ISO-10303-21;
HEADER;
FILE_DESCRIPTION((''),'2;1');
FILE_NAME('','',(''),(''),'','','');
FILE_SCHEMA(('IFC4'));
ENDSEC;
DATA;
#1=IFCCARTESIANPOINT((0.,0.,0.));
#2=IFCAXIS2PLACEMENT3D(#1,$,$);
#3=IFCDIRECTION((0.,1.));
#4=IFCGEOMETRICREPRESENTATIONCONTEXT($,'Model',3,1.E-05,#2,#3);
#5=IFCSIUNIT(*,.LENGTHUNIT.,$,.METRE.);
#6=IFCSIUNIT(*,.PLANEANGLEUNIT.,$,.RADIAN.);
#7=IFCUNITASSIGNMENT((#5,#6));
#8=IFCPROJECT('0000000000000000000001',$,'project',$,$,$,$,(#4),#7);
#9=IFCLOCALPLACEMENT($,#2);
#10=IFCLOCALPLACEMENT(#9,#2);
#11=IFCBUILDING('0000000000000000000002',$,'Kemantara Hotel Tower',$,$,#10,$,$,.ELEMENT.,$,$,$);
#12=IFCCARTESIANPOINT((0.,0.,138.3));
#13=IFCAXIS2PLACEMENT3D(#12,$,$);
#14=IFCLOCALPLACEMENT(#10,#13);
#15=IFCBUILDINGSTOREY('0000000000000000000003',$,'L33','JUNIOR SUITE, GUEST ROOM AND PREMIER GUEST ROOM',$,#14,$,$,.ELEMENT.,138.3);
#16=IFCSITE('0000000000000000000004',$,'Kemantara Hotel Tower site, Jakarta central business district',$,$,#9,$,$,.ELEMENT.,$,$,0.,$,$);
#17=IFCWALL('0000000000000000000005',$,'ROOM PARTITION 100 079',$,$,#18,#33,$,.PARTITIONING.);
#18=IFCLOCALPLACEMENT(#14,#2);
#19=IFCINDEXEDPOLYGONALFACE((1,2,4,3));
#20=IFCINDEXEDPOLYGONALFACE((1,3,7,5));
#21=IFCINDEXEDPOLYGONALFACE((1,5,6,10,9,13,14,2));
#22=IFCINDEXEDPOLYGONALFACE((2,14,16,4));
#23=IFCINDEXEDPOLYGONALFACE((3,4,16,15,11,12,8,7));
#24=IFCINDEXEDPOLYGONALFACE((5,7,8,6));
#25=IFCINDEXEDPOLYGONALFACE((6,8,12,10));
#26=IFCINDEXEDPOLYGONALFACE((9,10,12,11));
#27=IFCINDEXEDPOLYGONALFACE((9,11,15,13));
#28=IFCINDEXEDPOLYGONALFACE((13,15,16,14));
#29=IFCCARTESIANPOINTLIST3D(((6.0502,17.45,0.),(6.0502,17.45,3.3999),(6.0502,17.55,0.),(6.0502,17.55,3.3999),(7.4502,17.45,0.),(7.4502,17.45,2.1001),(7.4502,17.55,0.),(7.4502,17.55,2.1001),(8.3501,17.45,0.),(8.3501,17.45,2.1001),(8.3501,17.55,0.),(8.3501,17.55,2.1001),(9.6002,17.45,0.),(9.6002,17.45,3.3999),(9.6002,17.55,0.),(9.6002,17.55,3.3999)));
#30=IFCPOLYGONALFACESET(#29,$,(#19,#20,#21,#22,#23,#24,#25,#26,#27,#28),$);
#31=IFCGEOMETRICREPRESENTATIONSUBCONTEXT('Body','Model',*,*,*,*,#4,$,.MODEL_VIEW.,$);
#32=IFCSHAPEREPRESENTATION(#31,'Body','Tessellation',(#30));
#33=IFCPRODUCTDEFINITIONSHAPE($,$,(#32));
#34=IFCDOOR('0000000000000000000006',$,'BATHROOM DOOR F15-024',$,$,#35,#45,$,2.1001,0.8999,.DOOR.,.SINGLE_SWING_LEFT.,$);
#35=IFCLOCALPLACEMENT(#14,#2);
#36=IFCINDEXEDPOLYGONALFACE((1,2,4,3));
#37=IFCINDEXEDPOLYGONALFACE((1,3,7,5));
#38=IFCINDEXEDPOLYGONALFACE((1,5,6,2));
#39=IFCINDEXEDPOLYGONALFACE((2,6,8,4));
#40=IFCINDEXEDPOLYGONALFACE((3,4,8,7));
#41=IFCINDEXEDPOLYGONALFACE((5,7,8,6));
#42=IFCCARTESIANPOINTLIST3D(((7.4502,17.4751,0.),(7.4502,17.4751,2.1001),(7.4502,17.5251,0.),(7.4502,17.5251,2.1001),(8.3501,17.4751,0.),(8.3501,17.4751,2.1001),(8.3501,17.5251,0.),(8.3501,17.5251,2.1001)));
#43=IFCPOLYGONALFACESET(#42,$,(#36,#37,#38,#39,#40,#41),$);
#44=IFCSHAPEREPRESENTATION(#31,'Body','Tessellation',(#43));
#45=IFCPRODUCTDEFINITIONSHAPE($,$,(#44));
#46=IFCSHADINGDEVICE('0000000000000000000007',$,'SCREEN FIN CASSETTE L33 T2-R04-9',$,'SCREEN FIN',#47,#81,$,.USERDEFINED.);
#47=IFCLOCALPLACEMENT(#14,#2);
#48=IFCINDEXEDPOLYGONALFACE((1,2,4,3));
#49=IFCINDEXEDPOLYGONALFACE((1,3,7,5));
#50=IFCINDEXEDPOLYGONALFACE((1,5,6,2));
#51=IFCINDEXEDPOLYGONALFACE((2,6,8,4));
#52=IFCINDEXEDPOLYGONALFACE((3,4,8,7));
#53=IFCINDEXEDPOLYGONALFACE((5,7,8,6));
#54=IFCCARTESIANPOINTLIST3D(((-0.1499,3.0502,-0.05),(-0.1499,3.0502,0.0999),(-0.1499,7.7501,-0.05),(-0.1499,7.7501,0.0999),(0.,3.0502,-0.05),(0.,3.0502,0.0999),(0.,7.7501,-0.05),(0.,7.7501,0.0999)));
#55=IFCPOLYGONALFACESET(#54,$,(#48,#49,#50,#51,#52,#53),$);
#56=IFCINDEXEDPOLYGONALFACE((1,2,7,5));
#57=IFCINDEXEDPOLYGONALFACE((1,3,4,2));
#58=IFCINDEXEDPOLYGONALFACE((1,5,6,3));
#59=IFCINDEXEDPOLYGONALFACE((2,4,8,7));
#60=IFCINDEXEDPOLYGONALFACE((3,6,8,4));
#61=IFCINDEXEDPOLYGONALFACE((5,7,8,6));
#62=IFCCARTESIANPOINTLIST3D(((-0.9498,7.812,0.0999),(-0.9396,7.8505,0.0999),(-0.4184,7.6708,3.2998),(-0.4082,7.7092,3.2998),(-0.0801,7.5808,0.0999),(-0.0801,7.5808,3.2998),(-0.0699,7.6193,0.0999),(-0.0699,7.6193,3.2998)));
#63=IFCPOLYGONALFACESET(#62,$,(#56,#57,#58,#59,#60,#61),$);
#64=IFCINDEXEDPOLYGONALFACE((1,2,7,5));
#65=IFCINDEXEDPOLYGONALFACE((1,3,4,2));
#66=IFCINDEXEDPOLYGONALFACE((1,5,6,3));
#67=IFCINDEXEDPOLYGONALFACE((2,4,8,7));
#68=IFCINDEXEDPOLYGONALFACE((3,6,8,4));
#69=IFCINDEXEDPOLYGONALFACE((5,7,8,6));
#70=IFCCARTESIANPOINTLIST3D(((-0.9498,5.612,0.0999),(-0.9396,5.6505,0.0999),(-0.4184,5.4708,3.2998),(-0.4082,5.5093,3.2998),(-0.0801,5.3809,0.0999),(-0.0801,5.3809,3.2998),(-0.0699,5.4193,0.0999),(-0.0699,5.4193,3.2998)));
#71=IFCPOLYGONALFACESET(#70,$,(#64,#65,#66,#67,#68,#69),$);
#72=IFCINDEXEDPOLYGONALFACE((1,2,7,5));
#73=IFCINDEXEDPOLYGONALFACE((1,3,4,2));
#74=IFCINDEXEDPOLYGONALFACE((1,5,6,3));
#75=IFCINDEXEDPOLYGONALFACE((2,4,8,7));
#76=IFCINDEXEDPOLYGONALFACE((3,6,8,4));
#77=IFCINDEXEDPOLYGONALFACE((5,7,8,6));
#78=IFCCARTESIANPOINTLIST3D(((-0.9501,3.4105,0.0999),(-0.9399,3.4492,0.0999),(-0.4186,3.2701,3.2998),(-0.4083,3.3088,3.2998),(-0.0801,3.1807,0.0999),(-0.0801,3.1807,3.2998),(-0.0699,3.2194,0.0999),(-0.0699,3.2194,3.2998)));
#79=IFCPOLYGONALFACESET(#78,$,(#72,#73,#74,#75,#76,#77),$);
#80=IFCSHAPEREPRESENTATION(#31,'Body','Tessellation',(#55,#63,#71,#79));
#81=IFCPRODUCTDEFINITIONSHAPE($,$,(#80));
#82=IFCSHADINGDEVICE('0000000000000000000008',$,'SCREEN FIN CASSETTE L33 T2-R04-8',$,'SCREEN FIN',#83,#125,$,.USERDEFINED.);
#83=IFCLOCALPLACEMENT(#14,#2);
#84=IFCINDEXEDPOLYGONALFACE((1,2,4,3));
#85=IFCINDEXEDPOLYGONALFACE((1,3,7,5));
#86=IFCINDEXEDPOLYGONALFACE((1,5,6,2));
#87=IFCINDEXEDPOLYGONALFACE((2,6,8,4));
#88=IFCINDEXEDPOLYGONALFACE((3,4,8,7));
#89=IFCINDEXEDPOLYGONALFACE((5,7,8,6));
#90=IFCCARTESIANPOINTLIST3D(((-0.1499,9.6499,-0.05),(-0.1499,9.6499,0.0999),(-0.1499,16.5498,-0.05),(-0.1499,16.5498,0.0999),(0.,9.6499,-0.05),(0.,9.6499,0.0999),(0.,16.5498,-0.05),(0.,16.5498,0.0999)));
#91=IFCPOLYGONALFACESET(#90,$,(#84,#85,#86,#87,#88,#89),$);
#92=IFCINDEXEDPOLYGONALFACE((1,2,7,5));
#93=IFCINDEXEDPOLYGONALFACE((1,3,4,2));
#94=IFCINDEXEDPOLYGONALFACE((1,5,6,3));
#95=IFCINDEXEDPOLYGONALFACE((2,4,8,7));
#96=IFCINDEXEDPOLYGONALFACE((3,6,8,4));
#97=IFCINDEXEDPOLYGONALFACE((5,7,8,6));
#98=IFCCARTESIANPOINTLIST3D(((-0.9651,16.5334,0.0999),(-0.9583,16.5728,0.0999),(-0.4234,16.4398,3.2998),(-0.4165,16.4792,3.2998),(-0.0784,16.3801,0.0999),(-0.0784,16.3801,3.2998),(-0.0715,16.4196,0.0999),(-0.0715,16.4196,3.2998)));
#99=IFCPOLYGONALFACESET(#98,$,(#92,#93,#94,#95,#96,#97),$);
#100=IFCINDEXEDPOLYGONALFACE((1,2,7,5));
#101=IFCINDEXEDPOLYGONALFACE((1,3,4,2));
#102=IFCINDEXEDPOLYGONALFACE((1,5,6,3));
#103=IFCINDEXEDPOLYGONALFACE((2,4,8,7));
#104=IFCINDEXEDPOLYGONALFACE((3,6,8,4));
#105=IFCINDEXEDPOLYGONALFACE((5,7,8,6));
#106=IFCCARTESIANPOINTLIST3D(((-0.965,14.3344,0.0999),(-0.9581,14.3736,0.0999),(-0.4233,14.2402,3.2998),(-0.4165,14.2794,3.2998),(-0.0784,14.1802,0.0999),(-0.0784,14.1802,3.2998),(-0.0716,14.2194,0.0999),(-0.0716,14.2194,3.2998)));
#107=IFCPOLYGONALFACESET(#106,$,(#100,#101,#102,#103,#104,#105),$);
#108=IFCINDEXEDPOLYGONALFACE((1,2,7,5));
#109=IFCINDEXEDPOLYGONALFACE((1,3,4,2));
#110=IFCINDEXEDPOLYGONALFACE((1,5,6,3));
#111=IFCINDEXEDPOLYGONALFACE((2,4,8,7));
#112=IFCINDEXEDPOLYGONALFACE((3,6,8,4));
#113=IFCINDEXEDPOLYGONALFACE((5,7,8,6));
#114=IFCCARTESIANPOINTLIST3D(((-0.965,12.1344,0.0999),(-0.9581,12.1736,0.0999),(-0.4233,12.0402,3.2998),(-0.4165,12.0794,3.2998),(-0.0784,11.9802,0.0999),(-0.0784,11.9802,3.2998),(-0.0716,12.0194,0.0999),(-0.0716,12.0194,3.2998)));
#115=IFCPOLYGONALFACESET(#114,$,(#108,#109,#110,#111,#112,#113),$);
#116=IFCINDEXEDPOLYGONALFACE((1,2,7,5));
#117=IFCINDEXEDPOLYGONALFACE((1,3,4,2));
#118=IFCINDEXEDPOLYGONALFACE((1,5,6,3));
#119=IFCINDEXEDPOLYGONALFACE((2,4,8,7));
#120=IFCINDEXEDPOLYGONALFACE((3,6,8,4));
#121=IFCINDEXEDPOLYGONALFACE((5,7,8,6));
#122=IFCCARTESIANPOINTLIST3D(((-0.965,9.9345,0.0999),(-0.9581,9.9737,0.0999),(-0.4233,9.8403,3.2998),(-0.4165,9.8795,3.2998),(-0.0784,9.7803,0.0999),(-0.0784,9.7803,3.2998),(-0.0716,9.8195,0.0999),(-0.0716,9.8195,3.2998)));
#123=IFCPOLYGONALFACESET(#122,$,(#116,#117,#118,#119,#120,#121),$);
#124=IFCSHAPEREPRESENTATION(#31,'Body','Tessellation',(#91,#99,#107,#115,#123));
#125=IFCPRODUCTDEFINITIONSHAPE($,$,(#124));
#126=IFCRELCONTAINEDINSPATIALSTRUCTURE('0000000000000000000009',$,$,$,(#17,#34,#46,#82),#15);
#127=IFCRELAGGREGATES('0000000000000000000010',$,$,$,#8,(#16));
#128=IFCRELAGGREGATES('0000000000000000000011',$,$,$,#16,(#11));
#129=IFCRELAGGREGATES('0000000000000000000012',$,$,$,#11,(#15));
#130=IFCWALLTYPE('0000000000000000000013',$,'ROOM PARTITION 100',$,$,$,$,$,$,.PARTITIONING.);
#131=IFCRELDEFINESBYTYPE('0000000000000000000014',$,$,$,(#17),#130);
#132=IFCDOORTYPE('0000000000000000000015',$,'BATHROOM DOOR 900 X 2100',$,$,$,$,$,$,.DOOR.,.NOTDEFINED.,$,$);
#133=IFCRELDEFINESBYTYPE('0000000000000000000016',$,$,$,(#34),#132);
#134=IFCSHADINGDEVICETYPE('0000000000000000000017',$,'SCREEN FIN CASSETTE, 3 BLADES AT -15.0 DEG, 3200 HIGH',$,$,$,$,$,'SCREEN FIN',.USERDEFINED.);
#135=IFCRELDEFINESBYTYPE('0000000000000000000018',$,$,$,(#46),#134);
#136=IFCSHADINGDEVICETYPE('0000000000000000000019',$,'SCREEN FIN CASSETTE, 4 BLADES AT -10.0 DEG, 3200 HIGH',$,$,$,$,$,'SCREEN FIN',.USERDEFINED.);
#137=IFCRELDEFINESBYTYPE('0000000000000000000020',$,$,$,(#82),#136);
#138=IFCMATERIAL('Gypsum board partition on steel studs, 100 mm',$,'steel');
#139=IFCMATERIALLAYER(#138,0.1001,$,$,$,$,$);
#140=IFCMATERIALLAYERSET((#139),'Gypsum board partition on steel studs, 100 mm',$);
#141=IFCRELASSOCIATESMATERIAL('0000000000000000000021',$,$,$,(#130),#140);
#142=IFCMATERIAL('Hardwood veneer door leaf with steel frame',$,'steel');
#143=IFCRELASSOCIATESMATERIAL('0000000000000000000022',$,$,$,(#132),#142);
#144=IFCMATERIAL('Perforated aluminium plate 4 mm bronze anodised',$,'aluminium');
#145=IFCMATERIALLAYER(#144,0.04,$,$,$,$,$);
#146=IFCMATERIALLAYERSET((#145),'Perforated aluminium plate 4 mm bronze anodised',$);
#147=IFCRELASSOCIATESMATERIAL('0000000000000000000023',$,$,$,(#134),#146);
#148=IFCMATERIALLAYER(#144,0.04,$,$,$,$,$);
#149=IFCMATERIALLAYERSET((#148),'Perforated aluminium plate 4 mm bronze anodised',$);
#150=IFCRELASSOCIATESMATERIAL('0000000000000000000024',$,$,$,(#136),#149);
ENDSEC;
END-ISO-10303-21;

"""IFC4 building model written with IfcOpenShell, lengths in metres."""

from ifc_helpers import new_model, si_unit, direction, frame, frame_2d, origin, origin_2d, place, context, subcontext, project, spatial, polyline, rectangle, outline, extrude, source, transform, mapped, material, layer, layer_set, type_object, element, fill, save


model = new_model("IFC4")

# Units and contexts
model_context = context("Model", 3, precision=1e-05, world=origin(), true_north=direction((0.0, 1.0)))
body_context = subcontext(model_context, "Body", "Model", "MODEL_VIEW")
ifc_project = project(units=[si_unit("LENGTHUNIT", "METRE"), si_unit("PLANEANGLEUNIT", "RADIAN")], contexts=[model_context])

# Site, building, storey
site_placement = place(None, origin())
site = spatial("IfcSite", under=ifc_project, at=site_placement, Name="Kemantara Hotel Tower site, Jakarta central business district", CompositionType="ELEMENT", RefElevation=0.0)
building_placement = place(site_placement, origin())
building = spatial("IfcBuilding", under=site, at=building_placement, Name="Kemantara Hotel Tower", CompositionType="ELEMENT")
storey_placement = place(building_placement, frame((0.0, 0.0, 138.3)))
storey = spatial("IfcBuildingStorey", under=building, at=storey_placement, Name="L33", Description="JUNIOR SUITE, GUEST ROOM AND PREMIER GUEST ROOM", CompositionType="ELEMENT", Elevation=138.3)

# Shared definitions
ifc_material_1 = material(Name="Hardwood veneer door leaf with steel frame", Category="steel")

# Shared definitions
ifc_material_2 = material(Name="Gypsum board partition on steel studs, 100 mm", Category="steel")
ifc_layer_1 = layer(ifc_material_2, 0.1001)
ifc_layer_set_1 = layer_set([ifc_layer_1], Name="Gypsum board partition on steel studs, 100 mm")
wall_type_1 = type_object("IfcWallType", Name="ROOM PARTITION 100", PredefinedType="PARTITIONING", material=ifc_layer_set_1)

# Wall, opening, door
wall_1_placement = place(storey_placement, frame((9.6001, 17.5, 0.0), z_axis=(0.0, 0.0, 1.0), x_axis=(-1.0, 0.0, 0.0)))
wall_1 = element("IfcWall", 1, at=wall_1_placement, inside=storey, type_object=wall_type_1, Name="ROOM PARTITION 100 079", PredefinedType="PARTITIONING", context=body_context, shape_type="SweptSolid", body=[
    extrude(rectangle(XDim=3.55, YDim=0.1001, at=frame_2d((1.7749, 0.0))), origin(), (0.0, 0.0, 1.0), 3.3999),
])
opening_1_placement = place(wall_1_placement, frame((1.25, 0.0, 0.0)))
opening_1 = element("IfcOpeningElement", 2, at=opening_1_placement, cuts=wall_1, PredefinedType="OPENING", context=body_context, shape_type="SweptSolid", body=[
    extrude(rectangle(XDim=0.8999, YDim=2.1001, at=frame_2d((0.45, 1.05))), frame((0.0, 0.0601, 0.0), z_axis=(0.0, -1.0, 0.0), x_axis=(1.0, 0.0, 0.0)), (0.0, 0.0, 1.0), 0.1201),
])
door_type_1 = type_object("IfcDoorType", Name="BATHROOM DOOR 900 X 2100", OperationType="NOTDEFINED", PredefinedType="DOOR", material=ifc_material_1)
door_1_placement = place(opening_1_placement, origin())
door_1 = element("IfcDoor", 3, at=door_1_placement, inside=storey, type_object=door_type_1, Name="BATHROOM DOOR F15-024", OperationType="SINGLE_SWING_LEFT", OverallHeight=2.1001, OverallWidth=0.8999, PredefinedType="DOOR", context=body_context, shape_type="SweptSolid", body=[
    extrude(rectangle(XDim=0.8999, YDim=2.1001, at=frame_2d((0.45, 1.05))), frame((0.0, 0.0249, 0.0), z_axis=(0.0, -1.0, 0.0), x_axis=(1.0, 0.0, 0.0)), (0.0, 0.0, 1.0), 0.05),
])
fill(opening_1, door_1)

# Shading devices
ifc_material_3 = material(Name="Perforated aluminium plate 4 mm bronze anodised", Category="aluminium")
ifc_layer_2 = layer(ifc_material_3, 0.04)
ifc_layer_set_2 = layer_set([ifc_layer_2], Name="Perforated aluminium plate 4 mm bronze anodised")
shading_device_type_1 = type_object("IfcShadingDeviceType", Name="SCREEN FIN CASSETTE, 3 BLADES AT -15.0 DEG, 3200 HIGH", ElementType="SCREEN FIN", PredefinedType="USERDEFINED", material=ifc_layer_set_2)
shared_shape_1 = source(origin(), body_context, "Body", "SweptSolid", [
    extrude(rectangle(XDim=4.7, YDim=0.1499, at=origin_2d()), frame((2.2, -0.075, -0.1499), z_axis=(0.0, 0.0, 1.0), x_axis=(1.0, 0.0, 0.0)), (0.0, 0.0, 1.0), 0.1499),
    extrude(outline(polyline([(0.0, 0.0), (0.8999, 0.0), (0.3501, 3.2), (0.0, 3.2), (0.0, 0.0)])), frame((0.0193, -0.0801, 0.0), z_axis=(-0.966438, 0.256901, 0.0), x_axis=(-0.256901, -0.966438, 0.0)), (0.0, 0.0, 1.0), 0.0398),
    extrude(outline(polyline([(0.0, 0.0), (0.8999, 0.0), (0.3501, 3.2), (0.0, 3.2), (0.0, 0.0)])), frame((2.2192, -0.0801, 0.0), z_axis=(-0.966438, 0.256901, 0.0), x_axis=(-0.256901, -0.966438, 0.0)), (0.0, 0.0, 1.0), 0.0398),
    extrude(outline(polyline([(0.0, 0.0), (0.8999, 0.0), (0.3501, 3.2), (0.0, 3.2), (0.0, 0.0)])), frame((4.4194, -0.0801, 0.0), z_axis=(-0.966838, 0.255391, 0.0), x_axis=(-0.255391, -0.966838, 0.0)), (0.0, 0.0, 1.0), 0.04),
])
shading_device_1_placement = place(storey_placement, frame((0.0, 7.6001, 0.0999), z_axis=(0.0, 0.0, 1.0), x_axis=(0.0, -1.0, 0.0)))
element("IfcShadingDevice", 4, at=shading_device_1_placement, inside=storey, type_object=shading_device_type_1, Name="SCREEN FIN CASSETTE L33 T2-R04-9", ObjectType="SCREEN FIN", PredefinedType="USERDEFINED", context=body_context, shape_type="MappedRepresentation", body=[
    mapped(shared_shape_1, transform((0.0, 0.0, 0.0))),
])
ifc_layer_3 = layer(ifc_material_3, 0.04)
ifc_layer_set_3 = layer_set([ifc_layer_3], Name="Perforated aluminium plate 4 mm bronze anodised")
shading_device_type_2 = type_object("IfcShadingDeviceType", Name="SCREEN FIN CASSETTE, 4 BLADES AT -10.0 DEG, 3200 HIGH", ElementType="SCREEN FIN", PredefinedType="USERDEFINED", material=ifc_layer_set_3)
shared_shape_2 = source(origin(), body_context, "Body", "SweptSolid", [
    extrude(rectangle(XDim=6.8999, YDim=0.1499, at=origin_2d()), frame((3.3, -0.075, -0.1499), z_axis=(0.0, 0.0, 1.0), x_axis=(1.0, 0.0, 0.0)), (0.0, 0.0, 1.0), 0.1499),
    extrude(outline(polyline([(0.0, 0.0), (0.8999, 0.0), (0.3501, 3.2), (0.0, 3.2), (0.0, 0.0)])), frame((0.0198, -0.0784, 0.0), z_axis=(-0.98539, 0.170314, 0.0), x_axis=(-0.170314, -0.98539, 0.0)), (0.0, 0.0, 1.0), 0.04),
    extrude(outline(polyline([(0.0, 0.0), (0.8999, 0.0), (0.3501, 3.2), (0.0, 3.2), (0.0, 0.0)])), frame((2.2197, -0.0784, 0.0), z_axis=(-0.985212, 0.171341, 0.0), x_axis=(-0.171341, -0.985212, 0.0)), (0.0, 0.0, 1.0), 0.0398),
    extrude(outline(polyline([(0.0, 0.0), (0.8999, 0.0), (0.3501, 3.2), (0.0, 3.2), (0.0, 0.0)])), frame((4.4197, -0.0784, 0.0), z_axis=(-0.985212, 0.171341, 0.0), x_axis=(-0.171341, -0.985212, 0.0)), (0.0, 0.0, 1.0), 0.0398),
    extrude(outline(polyline([(0.0, 0.0), (0.8999, 0.0), (0.3501, 3.2), (0.0, 3.2), (0.0, 0.0)])), frame((6.6196, -0.0784, 0.0), z_axis=(-0.985212, 0.171341, 0.0), x_axis=(-0.171341, -0.985212, 0.0)), (0.0, 0.0, 1.0), 0.0398),
])
shading_device_2_placement = place(storey_placement, frame((0.0, 16.3999, 0.0999), z_axis=(0.0, 0.0, 1.0), x_axis=(0.0, -1.0, 0.0)))
element("IfcShadingDevice", 5, at=shading_device_2_placement, inside=storey, type_object=shading_device_type_2, Name="SCREEN FIN CASSETTE L33 T2-R04-8", ObjectType="SCREEN FIN", PredefinedType="USERDEFINED", context=body_context, shape_type="MappedRepresentation", body=[
    mapped(shared_shape_2, transform((0.0, 0.0, 0.0))),
])

save(model, "model.ifc")
